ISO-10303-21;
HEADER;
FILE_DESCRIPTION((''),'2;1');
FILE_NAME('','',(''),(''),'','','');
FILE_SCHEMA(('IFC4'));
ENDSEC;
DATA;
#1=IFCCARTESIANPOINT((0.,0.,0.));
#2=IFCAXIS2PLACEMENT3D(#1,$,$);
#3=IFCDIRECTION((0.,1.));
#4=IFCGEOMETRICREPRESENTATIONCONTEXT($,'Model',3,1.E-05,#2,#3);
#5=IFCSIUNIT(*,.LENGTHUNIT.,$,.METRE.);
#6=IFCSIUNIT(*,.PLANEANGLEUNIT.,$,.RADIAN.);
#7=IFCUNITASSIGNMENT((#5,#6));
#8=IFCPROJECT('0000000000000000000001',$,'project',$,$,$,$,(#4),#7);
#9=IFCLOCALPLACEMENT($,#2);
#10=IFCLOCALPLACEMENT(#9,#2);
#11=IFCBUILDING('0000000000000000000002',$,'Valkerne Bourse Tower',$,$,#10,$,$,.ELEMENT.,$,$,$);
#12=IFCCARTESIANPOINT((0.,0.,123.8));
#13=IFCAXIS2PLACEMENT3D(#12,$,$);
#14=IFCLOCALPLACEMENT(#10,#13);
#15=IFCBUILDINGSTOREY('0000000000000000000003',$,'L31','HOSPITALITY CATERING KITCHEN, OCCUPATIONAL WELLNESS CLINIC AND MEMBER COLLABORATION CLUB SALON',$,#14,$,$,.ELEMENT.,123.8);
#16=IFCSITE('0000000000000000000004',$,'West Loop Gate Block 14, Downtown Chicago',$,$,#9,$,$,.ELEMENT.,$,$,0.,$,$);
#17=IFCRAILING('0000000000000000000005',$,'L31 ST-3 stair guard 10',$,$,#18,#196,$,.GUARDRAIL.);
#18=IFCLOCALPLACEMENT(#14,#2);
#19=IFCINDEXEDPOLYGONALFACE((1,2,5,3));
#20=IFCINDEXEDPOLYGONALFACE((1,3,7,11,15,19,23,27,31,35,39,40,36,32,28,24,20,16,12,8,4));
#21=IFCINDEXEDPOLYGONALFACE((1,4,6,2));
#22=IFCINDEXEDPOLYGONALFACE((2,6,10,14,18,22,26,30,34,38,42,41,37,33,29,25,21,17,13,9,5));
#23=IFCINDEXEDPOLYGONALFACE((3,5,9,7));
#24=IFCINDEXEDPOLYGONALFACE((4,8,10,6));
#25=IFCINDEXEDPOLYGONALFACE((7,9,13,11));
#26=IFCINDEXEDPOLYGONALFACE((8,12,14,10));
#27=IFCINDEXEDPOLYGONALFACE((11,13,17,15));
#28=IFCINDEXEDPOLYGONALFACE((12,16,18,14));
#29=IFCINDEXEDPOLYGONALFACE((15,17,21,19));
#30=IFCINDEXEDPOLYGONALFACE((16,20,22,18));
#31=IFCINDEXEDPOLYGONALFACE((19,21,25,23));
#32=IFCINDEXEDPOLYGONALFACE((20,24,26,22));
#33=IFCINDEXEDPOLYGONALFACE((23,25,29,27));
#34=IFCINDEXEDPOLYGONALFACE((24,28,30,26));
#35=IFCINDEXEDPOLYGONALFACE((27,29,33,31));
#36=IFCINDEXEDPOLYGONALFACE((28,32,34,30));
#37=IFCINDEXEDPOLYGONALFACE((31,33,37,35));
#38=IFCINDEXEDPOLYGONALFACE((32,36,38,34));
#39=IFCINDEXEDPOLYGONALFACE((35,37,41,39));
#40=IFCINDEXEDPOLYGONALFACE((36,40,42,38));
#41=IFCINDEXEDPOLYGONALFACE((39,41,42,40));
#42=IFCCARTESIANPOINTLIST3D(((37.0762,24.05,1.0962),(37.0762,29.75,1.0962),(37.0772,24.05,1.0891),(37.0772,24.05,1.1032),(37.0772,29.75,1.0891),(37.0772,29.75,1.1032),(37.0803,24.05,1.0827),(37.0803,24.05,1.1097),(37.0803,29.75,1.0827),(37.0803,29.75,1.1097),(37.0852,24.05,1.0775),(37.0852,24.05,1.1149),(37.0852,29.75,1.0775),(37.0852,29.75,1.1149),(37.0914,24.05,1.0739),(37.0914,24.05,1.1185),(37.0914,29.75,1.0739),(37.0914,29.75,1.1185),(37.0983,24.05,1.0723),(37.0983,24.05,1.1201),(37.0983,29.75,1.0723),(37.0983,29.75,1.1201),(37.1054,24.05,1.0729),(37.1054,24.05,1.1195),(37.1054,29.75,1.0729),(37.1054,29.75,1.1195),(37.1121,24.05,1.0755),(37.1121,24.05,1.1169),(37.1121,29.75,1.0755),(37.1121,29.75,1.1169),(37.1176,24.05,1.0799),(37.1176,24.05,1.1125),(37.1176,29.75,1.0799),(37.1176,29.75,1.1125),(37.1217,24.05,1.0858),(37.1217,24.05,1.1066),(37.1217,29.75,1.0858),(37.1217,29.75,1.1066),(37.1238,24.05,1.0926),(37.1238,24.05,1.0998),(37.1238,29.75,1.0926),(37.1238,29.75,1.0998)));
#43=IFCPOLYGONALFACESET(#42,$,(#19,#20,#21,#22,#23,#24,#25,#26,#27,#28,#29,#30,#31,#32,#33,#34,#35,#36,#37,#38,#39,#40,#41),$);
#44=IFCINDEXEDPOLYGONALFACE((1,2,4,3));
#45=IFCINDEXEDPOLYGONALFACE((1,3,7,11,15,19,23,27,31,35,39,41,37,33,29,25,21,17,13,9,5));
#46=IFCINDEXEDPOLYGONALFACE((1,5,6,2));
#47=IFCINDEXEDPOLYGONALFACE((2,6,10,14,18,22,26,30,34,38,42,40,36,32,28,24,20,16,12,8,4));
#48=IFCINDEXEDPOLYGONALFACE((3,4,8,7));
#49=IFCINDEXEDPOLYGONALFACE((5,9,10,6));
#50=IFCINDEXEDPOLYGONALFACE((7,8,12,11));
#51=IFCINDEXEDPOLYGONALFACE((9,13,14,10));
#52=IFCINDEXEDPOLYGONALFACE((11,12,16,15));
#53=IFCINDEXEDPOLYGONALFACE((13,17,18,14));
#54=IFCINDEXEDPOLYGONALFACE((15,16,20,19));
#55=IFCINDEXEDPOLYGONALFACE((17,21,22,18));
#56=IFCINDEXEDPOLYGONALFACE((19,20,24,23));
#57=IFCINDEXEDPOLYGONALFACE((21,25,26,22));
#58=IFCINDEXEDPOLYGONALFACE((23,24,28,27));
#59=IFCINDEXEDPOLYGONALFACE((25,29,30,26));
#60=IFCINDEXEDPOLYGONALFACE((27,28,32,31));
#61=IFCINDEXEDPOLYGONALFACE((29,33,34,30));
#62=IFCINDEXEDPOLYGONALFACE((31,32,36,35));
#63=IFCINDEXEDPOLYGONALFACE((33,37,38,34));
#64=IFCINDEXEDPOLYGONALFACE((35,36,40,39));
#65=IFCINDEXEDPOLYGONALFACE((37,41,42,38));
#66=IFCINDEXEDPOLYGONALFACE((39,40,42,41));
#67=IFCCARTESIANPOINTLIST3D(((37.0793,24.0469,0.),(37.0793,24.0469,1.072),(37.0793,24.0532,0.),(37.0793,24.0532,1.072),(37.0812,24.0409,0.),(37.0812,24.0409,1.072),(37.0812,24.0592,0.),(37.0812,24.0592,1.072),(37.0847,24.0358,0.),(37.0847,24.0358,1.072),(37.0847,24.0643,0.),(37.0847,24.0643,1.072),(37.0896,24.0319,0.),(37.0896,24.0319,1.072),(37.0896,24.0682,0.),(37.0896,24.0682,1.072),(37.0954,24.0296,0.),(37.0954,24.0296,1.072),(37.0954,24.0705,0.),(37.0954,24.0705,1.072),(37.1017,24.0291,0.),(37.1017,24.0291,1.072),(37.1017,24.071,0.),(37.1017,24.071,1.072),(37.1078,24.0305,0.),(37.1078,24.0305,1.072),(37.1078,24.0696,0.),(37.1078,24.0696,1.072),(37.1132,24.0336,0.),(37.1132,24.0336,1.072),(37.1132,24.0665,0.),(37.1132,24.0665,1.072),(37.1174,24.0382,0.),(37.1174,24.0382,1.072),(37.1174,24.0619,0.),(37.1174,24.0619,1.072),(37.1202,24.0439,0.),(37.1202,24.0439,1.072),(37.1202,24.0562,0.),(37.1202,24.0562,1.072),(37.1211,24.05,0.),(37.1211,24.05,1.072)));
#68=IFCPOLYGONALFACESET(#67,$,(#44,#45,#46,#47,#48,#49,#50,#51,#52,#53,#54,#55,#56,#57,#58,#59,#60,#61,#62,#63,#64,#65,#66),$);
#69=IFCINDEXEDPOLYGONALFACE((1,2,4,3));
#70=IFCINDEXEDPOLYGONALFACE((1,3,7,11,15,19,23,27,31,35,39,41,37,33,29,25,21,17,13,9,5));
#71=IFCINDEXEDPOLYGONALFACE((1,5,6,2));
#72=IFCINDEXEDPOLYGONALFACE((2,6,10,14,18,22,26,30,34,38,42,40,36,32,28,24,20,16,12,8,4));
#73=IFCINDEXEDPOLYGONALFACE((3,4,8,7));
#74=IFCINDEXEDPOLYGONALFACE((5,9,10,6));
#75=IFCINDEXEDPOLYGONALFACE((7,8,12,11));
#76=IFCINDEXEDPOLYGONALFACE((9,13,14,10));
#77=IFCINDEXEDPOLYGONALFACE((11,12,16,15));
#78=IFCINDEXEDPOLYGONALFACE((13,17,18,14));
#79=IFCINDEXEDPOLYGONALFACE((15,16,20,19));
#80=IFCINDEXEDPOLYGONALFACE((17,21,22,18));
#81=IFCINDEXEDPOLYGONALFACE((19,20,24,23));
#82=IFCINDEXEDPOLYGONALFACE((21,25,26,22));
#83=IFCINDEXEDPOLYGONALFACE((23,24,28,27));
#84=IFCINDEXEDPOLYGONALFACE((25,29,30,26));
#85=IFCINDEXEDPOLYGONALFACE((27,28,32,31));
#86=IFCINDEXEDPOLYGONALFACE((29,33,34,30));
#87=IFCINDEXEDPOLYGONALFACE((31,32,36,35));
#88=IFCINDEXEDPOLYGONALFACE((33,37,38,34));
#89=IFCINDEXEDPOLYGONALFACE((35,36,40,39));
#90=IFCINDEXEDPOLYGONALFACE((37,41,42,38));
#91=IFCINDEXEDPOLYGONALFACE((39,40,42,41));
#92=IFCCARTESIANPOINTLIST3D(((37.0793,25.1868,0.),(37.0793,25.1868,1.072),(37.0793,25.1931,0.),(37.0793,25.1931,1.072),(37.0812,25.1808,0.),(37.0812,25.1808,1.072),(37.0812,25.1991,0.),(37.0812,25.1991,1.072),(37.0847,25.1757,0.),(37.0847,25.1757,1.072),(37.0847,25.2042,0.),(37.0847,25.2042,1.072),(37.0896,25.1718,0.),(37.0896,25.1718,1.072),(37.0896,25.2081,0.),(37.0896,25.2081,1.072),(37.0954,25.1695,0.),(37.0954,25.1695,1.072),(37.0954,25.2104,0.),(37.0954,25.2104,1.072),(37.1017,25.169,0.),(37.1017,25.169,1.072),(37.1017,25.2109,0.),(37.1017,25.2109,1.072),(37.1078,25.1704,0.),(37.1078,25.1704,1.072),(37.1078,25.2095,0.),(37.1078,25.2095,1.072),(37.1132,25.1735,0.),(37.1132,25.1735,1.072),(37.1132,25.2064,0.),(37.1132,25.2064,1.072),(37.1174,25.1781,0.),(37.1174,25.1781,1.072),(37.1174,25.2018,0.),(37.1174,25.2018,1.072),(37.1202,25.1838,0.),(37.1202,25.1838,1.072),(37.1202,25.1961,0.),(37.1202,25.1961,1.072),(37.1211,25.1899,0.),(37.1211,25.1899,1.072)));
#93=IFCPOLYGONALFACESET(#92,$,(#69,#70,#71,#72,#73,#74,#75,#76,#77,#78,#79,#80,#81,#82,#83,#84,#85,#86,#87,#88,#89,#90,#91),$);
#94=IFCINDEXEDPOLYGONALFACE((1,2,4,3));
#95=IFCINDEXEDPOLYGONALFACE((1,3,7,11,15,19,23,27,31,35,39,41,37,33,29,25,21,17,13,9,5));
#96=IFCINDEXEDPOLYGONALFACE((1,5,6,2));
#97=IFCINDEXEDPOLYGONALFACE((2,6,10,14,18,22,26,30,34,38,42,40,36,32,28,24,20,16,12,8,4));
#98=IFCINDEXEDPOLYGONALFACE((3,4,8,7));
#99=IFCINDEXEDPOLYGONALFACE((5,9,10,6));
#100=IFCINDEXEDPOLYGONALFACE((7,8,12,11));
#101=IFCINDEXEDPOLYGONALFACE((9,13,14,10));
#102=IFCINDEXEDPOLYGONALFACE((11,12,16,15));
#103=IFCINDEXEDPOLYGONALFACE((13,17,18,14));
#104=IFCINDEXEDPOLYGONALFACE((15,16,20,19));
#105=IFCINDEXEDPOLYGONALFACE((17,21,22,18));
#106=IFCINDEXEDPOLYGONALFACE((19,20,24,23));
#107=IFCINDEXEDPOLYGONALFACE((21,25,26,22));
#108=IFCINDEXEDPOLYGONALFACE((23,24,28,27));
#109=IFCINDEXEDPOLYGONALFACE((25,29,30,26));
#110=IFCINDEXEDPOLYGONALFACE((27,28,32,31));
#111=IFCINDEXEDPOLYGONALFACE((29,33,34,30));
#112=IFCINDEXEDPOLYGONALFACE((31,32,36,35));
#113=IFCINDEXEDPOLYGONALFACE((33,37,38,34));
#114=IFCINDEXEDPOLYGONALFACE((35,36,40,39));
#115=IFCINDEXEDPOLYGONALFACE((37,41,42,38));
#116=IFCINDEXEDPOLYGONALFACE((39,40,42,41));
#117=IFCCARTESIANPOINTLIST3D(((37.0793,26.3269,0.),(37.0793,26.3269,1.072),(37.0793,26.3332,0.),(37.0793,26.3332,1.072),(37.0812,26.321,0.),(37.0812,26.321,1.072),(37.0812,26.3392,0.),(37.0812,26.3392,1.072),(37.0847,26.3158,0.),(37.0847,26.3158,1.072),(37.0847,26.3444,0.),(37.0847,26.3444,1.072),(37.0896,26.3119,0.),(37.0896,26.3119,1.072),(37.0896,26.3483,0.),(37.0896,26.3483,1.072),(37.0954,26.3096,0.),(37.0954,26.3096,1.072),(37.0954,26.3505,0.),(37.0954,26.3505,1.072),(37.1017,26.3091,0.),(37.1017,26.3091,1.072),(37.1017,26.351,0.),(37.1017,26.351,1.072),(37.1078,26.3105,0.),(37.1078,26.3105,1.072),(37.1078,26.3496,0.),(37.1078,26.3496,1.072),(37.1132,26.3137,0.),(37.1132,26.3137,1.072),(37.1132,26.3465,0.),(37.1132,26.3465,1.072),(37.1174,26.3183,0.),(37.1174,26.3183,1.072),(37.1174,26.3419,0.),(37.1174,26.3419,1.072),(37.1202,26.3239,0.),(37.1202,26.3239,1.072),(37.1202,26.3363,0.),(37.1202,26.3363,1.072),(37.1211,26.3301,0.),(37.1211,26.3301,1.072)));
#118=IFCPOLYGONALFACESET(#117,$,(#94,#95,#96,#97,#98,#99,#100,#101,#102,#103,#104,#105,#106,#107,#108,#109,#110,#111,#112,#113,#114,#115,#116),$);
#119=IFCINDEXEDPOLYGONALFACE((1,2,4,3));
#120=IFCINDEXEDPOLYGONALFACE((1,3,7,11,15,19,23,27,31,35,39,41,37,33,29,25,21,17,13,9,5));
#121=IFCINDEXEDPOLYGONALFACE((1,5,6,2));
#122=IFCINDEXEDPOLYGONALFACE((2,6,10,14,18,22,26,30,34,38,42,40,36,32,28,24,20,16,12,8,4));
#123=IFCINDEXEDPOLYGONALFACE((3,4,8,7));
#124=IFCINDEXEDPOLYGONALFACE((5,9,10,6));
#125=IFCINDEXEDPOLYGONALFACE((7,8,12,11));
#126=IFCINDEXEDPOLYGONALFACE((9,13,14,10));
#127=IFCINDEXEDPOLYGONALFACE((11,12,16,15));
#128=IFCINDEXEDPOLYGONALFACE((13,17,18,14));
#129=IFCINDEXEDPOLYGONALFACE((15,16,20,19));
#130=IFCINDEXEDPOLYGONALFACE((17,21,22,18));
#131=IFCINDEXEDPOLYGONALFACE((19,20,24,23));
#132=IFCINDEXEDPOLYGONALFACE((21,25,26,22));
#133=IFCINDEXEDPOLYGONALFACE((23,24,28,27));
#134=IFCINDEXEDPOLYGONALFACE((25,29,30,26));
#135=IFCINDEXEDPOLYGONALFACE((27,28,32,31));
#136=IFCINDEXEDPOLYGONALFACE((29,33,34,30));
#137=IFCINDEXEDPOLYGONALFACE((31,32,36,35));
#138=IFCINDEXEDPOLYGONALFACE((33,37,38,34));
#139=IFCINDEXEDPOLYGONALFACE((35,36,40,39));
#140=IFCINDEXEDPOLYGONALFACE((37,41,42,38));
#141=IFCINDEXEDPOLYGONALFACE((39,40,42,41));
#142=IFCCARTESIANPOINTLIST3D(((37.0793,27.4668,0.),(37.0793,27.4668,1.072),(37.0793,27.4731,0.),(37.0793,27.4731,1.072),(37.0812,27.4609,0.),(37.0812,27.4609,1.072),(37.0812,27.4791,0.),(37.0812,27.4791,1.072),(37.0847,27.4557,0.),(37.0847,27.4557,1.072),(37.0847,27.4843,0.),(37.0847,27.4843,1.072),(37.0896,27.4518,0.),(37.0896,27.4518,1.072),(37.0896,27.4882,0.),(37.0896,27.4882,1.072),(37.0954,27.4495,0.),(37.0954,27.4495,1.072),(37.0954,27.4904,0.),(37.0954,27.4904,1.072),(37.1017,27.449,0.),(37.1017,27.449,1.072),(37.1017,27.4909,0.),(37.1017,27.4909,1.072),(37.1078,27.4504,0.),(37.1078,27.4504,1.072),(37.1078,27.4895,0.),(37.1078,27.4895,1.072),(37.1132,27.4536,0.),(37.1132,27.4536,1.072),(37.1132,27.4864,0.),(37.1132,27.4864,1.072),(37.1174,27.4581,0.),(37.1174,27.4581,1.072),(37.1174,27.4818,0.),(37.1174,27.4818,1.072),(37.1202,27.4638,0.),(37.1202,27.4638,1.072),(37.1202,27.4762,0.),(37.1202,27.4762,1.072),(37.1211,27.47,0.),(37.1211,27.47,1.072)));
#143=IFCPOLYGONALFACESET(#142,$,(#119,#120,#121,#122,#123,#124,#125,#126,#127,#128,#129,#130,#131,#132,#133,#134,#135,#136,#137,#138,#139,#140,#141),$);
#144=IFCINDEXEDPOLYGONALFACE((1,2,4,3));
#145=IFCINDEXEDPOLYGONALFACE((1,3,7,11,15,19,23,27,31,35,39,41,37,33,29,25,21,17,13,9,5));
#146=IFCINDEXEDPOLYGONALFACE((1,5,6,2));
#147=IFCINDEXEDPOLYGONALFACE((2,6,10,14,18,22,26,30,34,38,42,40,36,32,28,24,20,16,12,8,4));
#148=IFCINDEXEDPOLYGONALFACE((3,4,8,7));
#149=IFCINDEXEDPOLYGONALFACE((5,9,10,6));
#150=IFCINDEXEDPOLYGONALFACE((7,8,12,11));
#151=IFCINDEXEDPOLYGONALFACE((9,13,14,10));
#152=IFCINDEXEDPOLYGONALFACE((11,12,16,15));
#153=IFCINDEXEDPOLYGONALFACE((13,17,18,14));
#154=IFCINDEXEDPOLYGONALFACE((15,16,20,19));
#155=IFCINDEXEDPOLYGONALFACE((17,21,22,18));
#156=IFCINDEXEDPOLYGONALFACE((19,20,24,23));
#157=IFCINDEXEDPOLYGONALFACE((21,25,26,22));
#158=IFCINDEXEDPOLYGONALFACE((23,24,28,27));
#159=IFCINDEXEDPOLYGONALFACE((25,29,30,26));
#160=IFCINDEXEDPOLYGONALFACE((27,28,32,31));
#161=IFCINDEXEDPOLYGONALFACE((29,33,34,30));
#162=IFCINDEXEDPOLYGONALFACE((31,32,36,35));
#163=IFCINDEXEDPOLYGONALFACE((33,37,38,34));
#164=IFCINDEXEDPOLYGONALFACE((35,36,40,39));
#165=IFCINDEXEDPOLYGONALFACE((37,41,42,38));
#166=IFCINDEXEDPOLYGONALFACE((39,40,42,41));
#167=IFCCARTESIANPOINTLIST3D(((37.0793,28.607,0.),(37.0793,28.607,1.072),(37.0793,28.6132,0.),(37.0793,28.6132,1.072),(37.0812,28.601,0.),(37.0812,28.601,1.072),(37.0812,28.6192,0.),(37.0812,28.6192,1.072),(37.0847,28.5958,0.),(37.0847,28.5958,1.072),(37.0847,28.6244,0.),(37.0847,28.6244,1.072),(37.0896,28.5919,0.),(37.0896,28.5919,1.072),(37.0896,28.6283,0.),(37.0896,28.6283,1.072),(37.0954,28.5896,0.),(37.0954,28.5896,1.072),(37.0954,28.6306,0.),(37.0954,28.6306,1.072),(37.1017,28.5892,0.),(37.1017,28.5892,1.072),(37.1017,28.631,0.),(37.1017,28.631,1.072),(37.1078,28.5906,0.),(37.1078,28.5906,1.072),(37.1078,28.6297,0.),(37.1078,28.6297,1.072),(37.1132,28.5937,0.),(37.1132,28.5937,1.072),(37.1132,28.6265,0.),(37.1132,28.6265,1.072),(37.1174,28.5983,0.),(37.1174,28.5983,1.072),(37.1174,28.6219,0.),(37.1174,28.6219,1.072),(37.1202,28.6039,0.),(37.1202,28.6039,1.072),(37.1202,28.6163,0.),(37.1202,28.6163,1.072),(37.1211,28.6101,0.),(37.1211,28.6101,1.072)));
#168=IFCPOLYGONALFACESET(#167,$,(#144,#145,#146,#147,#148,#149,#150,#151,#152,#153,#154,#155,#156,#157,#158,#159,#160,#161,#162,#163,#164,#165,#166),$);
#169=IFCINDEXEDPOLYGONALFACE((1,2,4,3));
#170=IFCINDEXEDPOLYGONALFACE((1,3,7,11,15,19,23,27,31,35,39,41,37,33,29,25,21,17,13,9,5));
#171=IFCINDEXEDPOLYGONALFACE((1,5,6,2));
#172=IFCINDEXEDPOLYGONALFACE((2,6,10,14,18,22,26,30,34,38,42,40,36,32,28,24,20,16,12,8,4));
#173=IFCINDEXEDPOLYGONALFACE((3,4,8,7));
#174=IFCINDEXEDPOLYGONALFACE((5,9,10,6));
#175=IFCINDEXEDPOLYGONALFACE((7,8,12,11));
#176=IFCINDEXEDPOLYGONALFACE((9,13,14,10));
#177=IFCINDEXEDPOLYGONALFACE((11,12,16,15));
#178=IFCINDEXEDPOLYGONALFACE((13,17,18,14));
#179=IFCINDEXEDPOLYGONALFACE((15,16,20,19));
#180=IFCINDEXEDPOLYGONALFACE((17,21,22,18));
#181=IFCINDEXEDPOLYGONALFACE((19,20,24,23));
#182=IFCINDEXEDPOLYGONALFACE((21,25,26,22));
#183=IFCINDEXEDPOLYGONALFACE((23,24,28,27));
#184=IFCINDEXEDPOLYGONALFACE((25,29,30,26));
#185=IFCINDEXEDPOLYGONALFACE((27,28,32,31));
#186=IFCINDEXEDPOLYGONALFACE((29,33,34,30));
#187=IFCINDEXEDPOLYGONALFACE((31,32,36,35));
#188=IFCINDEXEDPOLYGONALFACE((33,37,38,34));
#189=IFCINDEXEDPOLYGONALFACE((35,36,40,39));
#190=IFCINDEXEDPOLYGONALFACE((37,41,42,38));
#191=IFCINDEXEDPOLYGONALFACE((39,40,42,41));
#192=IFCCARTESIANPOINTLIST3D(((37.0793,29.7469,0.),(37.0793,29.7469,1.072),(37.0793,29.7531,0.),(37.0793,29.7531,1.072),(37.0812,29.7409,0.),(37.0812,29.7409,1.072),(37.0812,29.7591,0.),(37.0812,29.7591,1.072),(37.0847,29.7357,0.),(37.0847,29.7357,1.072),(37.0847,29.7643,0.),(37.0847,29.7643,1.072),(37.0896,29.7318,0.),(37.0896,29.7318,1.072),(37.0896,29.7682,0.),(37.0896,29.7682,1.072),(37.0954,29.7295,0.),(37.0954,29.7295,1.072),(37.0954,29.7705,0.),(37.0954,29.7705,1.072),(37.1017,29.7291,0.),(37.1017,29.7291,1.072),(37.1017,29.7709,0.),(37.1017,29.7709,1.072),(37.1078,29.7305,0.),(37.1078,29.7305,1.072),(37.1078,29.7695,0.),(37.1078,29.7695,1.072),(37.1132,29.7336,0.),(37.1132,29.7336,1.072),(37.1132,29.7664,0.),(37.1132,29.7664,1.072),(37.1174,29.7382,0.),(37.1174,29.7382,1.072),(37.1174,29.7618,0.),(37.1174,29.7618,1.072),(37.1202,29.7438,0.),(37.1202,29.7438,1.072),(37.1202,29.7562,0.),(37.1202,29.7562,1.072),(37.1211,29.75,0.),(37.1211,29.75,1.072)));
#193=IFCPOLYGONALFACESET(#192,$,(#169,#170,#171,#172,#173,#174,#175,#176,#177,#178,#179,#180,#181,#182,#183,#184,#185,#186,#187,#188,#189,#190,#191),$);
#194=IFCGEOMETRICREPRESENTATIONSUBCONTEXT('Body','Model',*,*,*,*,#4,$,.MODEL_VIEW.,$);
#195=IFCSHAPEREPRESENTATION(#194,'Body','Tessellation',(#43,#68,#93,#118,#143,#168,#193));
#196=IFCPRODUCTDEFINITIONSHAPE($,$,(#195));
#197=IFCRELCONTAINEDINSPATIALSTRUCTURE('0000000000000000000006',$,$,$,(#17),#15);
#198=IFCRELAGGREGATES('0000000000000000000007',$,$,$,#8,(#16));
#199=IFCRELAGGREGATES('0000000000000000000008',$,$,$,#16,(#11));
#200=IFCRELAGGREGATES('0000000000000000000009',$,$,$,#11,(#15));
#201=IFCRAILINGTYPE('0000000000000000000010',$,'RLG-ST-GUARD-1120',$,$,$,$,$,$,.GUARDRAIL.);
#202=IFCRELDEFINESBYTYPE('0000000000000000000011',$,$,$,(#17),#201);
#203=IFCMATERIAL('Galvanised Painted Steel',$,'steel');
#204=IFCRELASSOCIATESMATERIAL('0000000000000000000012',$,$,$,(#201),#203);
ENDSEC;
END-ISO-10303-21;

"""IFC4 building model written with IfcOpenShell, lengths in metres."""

from ifc_helpers import new_model, si_unit, direction, frame, origin, origin_2d, place, context, subcontext, project, spatial, circle, extrude, material, type_object, element, save


model = new_model("IFC4")

# Units and contexts
model_context = context("Model", 3, precision=1e-05, world=origin(), true_north=direction((0.0, 1.0)))
body_context = subcontext(model_context, "Body", "Model", "MODEL_VIEW")
ifc_project = project(units=[si_unit("LENGTHUNIT", "METRE"), si_unit("PLANEANGLEUNIT", "RADIAN")], contexts=[model_context])

# Site, building, storey
site_placement = place(None, origin())
site = spatial("IfcSite", under=ifc_project, at=site_placement, Name="West Loop Gate Block 14, Downtown Chicago", CompositionType="ELEMENT", RefElevation=0.0)
building_placement = place(site_placement, origin())
building = spatial("IfcBuilding", under=site, at=building_placement, Name="Valkerne Bourse Tower", CompositionType="ELEMENT")
storey_placement = place(building_placement, frame((0.0, 0.0, 123.8)))
storey = spatial("IfcBuildingStorey", under=building, at=storey_placement, Name="L31", Description="HOSPITALITY CATERING KITCHEN, OCCUPATIONAL WELLNESS CLINIC AND MEMBER COLLABORATION CLUB SALON", CompositionType="ELEMENT", Elevation=123.8)

# Shared definitions
ifc_material_1 = material(Name="Galvanised Painted Steel", Category="steel")

# Railing
railing_type_1 = type_object("IfcRailingType", Name="RLG-ST-GUARD-1120", PredefinedType="GUARDRAIL", material=ifc_material_1)
for number, where, name in (
    (1, (37.1001, 24.05, 0.0), "L31 ST-3 stair guard 10"),
):
    element("IfcRailing", number, at=place(storey_placement, frame(where)), inside=storey, type_object=railing_type_1, Name=name, PredefinedType="GUARDRAIL", context=body_context, shape_type="SweptSolid", body=[
        extrude(circle(Radius=0.0239, at=origin_2d()), frame((0.0, 0.0, 1.0962), z_axis=(0.0, 1.0, 0.0), x_axis=(-1.0, 0.0, 0.0)), (0.0, 0.0, 1.0), 5.7),
        extrude(circle(Radius=0.021, at=origin_2d()), origin(), (0.0, 0.0, 1.0), 1.072),
        extrude(circle(Radius=0.021, at=origin_2d()), frame((0.0, 1.1399, 0.0)), (0.0, 0.0, 1.0), 1.072),
        extrude(circle(Radius=0.021, at=origin_2d()), frame((0.0, 2.28, 0.0)), (0.0, 0.0, 1.0), 1.072),
        extrude(circle(Radius=0.021, at=origin_2d()), frame((0.0, 3.4199, 0.0)), (0.0, 0.0, 1.0), 1.072),
        extrude(circle(Radius=0.021, at=origin_2d()), frame((0.0, 4.5601, 0.0)), (0.0, 0.0, 1.0), 1.072),
        extrude(circle(Radius=0.021, at=origin_2d()), frame((0.0, 5.7, 0.0)), (0.0, 0.0, 1.0), 1.072),
    ])

save(model, "model.ifc")
